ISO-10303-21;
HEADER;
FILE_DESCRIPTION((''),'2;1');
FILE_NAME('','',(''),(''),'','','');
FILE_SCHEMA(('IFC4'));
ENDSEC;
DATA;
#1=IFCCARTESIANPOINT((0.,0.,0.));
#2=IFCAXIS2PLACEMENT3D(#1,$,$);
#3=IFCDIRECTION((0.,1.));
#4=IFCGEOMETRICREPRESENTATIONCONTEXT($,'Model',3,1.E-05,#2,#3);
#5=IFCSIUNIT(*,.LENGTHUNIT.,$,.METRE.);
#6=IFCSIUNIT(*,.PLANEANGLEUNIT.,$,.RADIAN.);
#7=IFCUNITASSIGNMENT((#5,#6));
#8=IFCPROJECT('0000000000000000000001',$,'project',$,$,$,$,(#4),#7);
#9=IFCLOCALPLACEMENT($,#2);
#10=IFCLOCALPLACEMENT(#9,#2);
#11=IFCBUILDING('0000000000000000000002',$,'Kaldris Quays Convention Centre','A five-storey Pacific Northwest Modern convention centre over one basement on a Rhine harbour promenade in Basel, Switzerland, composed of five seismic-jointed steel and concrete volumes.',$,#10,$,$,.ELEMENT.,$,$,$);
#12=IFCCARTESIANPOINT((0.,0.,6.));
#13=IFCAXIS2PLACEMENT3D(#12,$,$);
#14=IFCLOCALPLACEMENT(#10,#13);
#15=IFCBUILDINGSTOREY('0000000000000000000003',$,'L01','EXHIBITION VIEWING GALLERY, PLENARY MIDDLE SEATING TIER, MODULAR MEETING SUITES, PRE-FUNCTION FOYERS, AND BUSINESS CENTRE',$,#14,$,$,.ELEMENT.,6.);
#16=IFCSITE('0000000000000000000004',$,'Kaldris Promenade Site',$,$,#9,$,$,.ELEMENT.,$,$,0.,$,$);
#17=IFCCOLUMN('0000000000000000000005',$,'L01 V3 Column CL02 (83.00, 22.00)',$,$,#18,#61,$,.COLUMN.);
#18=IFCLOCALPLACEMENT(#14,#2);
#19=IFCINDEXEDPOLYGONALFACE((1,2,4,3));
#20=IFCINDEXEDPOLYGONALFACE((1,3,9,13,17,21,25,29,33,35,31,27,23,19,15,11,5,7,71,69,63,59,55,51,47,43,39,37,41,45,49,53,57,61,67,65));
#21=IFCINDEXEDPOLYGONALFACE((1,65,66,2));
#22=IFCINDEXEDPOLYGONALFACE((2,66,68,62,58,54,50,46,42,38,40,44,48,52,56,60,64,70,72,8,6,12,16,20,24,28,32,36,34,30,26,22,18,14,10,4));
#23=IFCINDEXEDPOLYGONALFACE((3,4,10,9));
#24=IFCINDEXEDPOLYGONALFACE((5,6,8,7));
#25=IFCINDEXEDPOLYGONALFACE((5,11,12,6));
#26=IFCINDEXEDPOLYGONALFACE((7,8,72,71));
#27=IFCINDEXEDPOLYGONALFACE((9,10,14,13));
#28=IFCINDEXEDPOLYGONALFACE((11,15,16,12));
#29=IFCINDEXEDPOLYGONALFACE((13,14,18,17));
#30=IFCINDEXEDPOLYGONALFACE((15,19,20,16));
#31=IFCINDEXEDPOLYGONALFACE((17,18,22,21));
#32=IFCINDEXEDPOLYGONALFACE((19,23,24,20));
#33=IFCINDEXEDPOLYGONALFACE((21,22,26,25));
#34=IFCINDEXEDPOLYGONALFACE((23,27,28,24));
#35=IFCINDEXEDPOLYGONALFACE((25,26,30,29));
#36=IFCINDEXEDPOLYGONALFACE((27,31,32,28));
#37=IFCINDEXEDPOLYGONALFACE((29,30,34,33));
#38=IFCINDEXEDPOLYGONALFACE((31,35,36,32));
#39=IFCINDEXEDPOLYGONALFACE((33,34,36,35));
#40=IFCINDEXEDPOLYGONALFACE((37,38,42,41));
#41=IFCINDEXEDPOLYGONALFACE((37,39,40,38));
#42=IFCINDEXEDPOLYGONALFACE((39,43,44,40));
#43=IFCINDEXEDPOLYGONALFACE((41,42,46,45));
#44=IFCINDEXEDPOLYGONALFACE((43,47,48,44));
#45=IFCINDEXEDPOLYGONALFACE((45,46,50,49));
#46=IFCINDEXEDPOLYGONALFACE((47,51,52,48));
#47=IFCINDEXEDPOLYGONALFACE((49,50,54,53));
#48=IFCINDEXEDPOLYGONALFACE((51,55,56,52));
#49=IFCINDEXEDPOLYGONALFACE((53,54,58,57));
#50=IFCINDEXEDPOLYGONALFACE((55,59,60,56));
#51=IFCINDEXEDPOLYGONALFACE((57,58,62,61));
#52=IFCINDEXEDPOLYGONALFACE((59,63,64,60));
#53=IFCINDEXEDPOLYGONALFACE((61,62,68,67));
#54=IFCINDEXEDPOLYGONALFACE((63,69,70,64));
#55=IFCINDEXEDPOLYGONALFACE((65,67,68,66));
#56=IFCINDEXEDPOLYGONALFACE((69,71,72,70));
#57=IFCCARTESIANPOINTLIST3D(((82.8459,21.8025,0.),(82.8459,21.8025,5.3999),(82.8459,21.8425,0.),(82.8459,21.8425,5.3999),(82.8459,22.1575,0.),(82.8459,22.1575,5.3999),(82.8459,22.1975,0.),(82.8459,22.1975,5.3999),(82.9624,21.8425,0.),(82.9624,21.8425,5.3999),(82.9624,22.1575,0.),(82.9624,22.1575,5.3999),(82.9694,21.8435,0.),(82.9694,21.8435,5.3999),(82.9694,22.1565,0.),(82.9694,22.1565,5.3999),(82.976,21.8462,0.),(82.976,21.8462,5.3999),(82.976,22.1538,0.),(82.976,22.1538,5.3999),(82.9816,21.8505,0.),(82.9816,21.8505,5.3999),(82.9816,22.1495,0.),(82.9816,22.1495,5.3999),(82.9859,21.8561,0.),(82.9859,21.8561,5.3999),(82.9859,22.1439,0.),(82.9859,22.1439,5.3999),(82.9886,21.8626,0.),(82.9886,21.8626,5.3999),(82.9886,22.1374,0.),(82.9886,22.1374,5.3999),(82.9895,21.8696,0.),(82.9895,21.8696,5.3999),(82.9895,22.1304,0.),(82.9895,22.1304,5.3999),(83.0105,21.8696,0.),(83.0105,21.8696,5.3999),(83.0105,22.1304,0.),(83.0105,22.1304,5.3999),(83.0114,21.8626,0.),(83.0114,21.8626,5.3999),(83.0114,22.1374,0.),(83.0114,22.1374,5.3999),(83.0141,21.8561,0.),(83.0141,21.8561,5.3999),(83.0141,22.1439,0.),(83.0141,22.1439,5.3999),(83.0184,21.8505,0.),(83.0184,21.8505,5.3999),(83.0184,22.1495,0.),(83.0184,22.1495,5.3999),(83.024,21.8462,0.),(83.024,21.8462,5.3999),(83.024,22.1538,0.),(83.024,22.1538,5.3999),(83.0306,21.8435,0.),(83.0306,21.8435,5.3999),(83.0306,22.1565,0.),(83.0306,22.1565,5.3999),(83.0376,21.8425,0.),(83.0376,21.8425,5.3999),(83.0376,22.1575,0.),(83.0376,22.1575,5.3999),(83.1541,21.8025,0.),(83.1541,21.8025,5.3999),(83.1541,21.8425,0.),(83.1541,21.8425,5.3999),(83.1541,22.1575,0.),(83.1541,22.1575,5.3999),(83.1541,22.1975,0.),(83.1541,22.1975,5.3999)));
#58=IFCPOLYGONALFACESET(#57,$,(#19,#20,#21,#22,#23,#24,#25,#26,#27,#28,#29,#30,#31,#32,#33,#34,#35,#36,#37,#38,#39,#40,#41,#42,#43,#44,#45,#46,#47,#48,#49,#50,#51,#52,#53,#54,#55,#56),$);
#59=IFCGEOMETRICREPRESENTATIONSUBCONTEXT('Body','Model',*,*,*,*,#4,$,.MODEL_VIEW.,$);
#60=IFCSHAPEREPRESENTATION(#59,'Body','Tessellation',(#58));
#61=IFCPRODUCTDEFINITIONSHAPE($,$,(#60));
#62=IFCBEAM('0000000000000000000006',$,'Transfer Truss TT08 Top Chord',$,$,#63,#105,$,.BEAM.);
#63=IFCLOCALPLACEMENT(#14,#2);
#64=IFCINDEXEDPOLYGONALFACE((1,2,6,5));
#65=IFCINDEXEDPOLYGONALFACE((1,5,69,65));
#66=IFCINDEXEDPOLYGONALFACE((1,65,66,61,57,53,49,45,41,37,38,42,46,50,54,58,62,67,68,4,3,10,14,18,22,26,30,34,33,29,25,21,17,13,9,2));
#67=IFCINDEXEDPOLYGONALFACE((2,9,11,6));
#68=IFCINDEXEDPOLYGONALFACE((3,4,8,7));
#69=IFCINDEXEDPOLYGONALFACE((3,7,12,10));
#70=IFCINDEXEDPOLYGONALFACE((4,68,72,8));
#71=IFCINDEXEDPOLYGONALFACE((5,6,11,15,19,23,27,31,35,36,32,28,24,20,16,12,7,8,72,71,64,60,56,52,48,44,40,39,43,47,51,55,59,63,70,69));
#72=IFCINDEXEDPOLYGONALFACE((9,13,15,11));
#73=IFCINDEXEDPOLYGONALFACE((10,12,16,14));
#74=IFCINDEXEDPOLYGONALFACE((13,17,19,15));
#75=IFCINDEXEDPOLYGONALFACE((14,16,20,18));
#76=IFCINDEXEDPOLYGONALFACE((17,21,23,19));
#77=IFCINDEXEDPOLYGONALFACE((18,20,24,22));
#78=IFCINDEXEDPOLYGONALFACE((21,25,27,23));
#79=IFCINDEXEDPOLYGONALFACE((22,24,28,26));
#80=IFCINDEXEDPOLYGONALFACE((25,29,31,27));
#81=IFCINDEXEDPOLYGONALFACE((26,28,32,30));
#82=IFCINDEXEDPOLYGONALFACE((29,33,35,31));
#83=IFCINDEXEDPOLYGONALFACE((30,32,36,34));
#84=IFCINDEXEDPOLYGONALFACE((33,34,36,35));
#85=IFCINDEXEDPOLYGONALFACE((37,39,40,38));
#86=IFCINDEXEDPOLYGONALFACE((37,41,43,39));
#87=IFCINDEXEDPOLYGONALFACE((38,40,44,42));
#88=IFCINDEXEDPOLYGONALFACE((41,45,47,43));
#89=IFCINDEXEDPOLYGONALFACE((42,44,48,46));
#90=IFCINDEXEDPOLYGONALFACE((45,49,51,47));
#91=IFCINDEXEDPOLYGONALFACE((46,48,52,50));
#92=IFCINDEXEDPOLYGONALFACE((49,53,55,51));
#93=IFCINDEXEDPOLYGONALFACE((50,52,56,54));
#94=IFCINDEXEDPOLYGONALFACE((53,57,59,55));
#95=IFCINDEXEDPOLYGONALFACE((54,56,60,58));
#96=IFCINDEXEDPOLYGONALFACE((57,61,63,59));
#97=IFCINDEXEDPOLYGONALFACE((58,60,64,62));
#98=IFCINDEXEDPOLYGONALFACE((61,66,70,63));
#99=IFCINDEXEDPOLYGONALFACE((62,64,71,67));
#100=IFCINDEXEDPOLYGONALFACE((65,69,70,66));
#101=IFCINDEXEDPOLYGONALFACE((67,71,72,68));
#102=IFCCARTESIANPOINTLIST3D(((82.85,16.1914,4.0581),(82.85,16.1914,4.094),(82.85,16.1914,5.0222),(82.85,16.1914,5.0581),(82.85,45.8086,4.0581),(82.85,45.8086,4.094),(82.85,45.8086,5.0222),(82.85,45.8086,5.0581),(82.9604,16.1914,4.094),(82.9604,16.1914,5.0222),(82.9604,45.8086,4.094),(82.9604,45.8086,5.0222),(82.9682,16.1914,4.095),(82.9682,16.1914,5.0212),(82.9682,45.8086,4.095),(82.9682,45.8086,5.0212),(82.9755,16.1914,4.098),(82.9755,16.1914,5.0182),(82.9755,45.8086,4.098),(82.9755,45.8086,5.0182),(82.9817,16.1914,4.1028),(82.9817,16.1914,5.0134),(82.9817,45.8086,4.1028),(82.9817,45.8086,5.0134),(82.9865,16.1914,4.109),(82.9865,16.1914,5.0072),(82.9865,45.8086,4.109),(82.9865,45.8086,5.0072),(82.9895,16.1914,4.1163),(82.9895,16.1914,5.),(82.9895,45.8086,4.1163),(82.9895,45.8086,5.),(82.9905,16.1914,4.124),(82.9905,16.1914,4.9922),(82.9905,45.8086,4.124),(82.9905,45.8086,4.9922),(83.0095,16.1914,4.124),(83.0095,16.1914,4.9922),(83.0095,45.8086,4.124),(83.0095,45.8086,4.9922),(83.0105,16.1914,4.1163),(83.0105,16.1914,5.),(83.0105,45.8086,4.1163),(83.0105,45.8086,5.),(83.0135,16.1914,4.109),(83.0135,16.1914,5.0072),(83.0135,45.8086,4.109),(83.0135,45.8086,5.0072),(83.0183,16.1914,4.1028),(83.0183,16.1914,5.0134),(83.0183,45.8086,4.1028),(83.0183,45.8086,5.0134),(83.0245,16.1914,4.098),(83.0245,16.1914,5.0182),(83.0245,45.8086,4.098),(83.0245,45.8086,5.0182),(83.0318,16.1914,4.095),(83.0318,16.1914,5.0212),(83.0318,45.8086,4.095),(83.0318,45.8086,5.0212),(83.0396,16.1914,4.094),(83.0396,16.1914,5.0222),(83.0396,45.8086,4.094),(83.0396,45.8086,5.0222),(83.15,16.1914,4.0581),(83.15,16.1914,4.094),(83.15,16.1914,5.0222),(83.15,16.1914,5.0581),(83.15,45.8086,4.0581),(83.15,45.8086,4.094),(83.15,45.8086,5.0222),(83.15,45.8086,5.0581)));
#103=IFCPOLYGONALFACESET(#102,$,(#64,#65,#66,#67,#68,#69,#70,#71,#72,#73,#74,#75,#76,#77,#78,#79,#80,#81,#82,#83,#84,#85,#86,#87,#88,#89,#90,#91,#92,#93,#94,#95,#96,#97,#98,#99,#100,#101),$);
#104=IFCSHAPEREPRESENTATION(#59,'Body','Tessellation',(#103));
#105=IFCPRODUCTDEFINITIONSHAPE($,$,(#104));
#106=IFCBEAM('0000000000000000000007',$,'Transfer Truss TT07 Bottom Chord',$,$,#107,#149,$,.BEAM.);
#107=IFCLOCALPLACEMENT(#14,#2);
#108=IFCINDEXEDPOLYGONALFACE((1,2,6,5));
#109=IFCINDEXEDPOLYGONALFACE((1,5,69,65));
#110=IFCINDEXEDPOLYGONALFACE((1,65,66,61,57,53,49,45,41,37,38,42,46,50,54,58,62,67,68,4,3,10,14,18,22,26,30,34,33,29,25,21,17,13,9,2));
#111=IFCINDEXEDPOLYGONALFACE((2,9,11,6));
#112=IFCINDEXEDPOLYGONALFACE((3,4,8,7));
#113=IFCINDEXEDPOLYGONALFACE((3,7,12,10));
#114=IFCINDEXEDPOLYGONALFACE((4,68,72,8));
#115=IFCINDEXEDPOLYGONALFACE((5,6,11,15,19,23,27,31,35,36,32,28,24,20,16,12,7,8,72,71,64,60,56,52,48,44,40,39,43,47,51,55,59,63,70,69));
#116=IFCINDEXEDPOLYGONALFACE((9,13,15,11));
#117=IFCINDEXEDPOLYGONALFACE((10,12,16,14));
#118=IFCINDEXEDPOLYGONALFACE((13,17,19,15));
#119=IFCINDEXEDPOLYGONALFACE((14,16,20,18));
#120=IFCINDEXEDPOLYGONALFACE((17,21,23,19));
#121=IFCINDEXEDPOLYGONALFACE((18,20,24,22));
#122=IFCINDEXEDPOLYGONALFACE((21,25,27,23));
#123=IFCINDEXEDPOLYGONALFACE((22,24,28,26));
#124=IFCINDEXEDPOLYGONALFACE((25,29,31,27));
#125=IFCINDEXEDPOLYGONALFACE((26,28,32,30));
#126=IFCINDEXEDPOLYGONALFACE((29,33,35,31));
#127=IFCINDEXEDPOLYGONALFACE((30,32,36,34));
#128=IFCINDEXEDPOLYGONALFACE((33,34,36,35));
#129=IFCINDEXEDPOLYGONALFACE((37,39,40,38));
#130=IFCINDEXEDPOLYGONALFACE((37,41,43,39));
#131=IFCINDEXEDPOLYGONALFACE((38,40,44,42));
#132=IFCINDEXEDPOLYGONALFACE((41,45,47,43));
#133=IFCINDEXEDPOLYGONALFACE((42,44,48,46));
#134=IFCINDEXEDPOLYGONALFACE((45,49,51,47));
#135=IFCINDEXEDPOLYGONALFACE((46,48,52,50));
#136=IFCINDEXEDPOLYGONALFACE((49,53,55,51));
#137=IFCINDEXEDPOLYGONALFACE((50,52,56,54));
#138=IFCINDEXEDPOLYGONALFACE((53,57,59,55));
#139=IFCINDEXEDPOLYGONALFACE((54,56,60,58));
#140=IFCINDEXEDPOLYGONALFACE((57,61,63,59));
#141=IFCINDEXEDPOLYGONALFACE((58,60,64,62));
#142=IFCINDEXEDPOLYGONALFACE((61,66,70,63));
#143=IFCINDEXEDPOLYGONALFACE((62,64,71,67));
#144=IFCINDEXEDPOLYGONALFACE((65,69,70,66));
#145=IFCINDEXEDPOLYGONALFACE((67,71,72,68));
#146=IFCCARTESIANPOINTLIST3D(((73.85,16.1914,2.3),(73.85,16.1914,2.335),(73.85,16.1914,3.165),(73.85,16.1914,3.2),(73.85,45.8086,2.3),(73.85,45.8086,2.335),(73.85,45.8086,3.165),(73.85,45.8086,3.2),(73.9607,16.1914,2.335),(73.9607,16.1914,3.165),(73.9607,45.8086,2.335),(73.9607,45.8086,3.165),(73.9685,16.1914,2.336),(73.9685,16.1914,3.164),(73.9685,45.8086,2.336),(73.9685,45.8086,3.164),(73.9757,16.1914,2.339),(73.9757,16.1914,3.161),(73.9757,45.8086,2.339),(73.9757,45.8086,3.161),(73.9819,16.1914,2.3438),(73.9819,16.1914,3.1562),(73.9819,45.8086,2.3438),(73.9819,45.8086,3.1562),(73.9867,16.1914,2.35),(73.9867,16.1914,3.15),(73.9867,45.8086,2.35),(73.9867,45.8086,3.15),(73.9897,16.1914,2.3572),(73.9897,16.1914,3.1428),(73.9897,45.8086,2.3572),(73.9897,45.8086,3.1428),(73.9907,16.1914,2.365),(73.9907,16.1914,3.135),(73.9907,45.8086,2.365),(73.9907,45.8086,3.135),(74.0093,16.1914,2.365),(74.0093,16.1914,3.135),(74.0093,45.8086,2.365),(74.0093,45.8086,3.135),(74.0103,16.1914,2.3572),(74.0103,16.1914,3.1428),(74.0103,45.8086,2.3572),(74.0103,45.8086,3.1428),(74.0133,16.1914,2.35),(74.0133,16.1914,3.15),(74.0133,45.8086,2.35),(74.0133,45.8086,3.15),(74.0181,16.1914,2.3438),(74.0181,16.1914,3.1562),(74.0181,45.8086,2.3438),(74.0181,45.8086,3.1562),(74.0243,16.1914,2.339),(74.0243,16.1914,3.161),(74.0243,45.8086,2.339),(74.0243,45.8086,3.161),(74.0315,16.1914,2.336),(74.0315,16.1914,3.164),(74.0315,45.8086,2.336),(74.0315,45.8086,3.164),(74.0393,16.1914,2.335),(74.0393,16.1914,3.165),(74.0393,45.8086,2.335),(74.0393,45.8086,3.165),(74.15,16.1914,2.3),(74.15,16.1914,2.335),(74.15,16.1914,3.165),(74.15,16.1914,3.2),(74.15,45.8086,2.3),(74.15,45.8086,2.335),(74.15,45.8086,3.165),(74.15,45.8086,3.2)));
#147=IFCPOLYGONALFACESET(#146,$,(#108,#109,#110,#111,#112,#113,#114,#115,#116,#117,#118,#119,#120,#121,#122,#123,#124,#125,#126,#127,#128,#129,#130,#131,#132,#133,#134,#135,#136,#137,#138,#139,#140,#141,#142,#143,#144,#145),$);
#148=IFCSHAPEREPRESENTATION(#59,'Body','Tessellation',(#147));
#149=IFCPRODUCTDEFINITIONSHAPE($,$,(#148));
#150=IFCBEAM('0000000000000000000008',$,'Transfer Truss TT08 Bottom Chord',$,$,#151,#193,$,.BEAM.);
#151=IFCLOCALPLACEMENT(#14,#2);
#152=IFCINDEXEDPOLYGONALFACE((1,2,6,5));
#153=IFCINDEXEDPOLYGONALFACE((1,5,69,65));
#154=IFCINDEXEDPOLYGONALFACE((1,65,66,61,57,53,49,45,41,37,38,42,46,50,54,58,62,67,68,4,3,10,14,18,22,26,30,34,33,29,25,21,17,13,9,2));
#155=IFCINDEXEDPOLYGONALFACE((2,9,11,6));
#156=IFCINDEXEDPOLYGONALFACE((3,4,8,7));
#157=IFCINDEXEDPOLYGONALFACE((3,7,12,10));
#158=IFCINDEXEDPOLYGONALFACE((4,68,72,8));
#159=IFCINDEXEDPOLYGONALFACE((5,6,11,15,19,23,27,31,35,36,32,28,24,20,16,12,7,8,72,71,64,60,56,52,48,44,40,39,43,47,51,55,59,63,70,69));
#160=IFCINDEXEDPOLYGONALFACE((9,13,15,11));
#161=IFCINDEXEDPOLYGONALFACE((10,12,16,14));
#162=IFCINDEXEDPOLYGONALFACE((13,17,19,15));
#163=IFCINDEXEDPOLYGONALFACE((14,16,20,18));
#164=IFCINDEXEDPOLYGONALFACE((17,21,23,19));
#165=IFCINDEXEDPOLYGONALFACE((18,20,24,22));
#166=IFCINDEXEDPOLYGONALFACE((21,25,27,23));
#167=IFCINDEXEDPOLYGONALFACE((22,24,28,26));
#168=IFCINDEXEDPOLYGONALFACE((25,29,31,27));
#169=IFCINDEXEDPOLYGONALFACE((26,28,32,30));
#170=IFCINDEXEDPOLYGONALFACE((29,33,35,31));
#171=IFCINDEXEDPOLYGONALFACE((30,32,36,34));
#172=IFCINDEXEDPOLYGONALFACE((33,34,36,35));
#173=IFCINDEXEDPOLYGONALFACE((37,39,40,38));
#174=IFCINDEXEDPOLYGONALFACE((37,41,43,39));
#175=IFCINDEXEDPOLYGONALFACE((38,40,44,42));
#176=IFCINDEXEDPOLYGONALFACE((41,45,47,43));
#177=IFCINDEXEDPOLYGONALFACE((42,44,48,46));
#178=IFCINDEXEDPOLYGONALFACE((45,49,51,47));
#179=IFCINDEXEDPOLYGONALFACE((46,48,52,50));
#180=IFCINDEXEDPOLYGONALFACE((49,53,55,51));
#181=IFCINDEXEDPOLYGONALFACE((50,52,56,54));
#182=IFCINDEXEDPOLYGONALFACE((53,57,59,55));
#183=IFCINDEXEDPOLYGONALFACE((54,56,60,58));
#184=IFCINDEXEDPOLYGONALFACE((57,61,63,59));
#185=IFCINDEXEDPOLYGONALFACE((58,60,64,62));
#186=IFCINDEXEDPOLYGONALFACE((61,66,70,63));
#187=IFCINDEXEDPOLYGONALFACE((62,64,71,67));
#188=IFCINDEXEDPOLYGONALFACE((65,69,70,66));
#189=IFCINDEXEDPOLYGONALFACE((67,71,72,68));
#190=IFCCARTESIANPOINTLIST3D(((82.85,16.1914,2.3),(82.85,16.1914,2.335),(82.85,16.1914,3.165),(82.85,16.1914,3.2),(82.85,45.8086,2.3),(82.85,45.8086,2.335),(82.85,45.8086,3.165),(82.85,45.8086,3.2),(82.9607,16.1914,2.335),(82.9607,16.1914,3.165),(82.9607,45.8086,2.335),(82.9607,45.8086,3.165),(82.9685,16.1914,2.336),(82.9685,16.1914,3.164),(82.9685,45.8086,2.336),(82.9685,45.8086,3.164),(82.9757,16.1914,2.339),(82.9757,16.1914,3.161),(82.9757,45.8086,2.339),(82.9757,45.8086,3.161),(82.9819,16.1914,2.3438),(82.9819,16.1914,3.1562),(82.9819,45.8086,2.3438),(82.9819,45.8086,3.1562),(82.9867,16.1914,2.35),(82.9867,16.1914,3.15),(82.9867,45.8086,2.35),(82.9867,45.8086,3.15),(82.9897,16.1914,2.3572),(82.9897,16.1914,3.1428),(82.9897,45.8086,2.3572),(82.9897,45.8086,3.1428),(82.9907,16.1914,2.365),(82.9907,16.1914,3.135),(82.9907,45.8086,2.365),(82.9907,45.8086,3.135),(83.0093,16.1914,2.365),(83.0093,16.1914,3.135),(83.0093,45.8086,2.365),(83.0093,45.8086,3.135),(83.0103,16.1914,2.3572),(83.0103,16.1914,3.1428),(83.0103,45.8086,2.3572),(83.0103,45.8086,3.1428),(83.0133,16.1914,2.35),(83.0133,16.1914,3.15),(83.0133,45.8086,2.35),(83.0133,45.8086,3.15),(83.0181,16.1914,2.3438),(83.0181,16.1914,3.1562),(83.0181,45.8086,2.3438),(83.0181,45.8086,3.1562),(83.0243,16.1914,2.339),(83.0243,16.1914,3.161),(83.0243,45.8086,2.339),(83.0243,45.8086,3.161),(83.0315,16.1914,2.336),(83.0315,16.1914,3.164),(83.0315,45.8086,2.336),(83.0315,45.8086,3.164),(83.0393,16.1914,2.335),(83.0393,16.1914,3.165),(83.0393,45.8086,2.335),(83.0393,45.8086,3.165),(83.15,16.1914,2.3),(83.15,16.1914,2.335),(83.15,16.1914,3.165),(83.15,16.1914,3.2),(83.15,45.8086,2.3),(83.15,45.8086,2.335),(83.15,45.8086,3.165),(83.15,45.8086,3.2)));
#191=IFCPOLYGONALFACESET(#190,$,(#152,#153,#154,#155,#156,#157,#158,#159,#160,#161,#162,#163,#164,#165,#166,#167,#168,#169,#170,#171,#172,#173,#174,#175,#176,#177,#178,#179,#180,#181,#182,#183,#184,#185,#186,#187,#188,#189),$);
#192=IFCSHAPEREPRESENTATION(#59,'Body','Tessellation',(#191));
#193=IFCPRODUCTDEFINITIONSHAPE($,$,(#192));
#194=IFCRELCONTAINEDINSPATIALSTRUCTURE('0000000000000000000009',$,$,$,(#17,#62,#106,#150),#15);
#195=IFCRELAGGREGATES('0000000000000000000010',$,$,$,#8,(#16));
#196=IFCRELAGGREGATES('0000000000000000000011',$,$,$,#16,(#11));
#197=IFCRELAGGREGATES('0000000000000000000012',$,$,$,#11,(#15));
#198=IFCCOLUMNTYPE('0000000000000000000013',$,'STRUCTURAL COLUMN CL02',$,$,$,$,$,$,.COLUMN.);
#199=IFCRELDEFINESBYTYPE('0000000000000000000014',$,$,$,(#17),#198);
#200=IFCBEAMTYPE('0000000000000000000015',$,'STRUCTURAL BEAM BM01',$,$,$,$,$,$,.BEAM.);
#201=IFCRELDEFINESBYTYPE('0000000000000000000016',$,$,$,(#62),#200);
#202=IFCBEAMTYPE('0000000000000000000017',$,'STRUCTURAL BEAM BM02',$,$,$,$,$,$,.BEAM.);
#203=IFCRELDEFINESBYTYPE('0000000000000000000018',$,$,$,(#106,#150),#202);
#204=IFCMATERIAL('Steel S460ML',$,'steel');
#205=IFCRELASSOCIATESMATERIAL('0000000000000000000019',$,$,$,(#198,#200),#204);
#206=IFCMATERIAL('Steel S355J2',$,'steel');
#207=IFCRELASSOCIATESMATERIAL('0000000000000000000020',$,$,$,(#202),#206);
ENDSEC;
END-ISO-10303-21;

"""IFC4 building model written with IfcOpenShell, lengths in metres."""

from ifc_helpers import new_model, si_unit, direction, frame, origin, origin_2d, place, context, subcontext, project, spatial, i_section, extrude, material, material_profile, profile_set, type_object, element, save


model = new_model("IFC4")

# Units and contexts
model_context = context("Model", 3, precision=1e-05, world=origin(), true_north=direction((0.0, 1.0)))
body_context = subcontext(model_context, "Body", "Model", "MODEL_VIEW")
ifc_project = project(units=[si_unit("LENGTHUNIT", "METRE"), si_unit("PLANEANGLEUNIT", "RADIAN")], contexts=[model_context])

# Site, building, storey
site_placement = place(None, origin())
site = spatial("IfcSite", under=ifc_project, at=site_placement, Name="Kaldris Promenade Site", CompositionType="ELEMENT", RefElevation=0.0)
building_placement = place(site_placement, origin())
building = spatial("IfcBuilding", under=site, at=building_placement, Name="Kaldris Quays Convention Centre", Description="A five-storey Pacific Northwest Modern convention centre over one basement on a Rhine harbour promenade in Basel, Switzerland, composed of five seismic-jointed steel and concrete volumes.", CompositionType="ELEMENT")
storey_placement = place(building_placement, frame((0.0, 0.0, 6.0)))
storey = spatial("IfcBuildingStorey", under=building, at=storey_placement, Name="L01", Description="EXHIBITION VIEWING GALLERY, PLENARY MIDDLE SEATING TIER, MODULAR MEETING SUITES, PRE-FUNCTION FOYERS, AND BUSINESS CENTRE", CompositionType="ELEMENT", Elevation=6.0)

# Column
ifc_material_1 = material(Name="Steel S460ML", Category="steel")
ifc_material_profile_1 = material_profile(ifc_material_1, i_section(OverallWidth=0.3081, OverallDepth=0.395, WebThickness=0.021, FlangeThickness=0.04, FilletRadius=0.0271, at=origin_2d()), Name="HEM 360")
ifc_profile_set_1 = profile_set([ifc_material_profile_1], Name="Steel S460ML")
column_type = type_object("IfcColumnType", Name="STRUCTURAL COLUMN CL02", PredefinedType="COLUMN", material=ifc_profile_set_1)
column_placement = place(storey_placement, frame((83.0, 22.0, 0.0), z_axis=(0.0, 0.0, 1.0), x_axis=(1.0, 0.0, 0.0)))
element("IfcColumn", 1, at=column_placement, inside=storey, type_object=column_type, Name="L01 V3 Column CL02 (83.00, 22.00)", PredefinedType="COLUMN", context=body_context, shape_type="SweptSolid", body=[
    extrude(i_section(OverallWidth=0.3081, OverallDepth=0.395, WebThickness=0.021, FlangeThickness=0.04, FilletRadius=0.0271, at=origin_2d()), origin(), (0.0, 0.0, 1.0), 5.3999),
])

# Beams
ifc_material_profile_2 = material_profile(ifc_material_1, i_section(OverallWidth=0.3, OverallDepth=1.0, WebThickness=0.019, FlangeThickness=0.0359, FilletRadius=0.03, at=origin_2d()), Name="HEB 1000")
ifc_profile_set_2 = profile_set([ifc_material_profile_2], Name="Steel S460ML")
beam_type_1 = type_object("IfcBeamType", Name="STRUCTURAL BEAM BM01", PredefinedType="BEAM", material=ifc_profile_set_2)
beam_1_placement = place(storey_placement, frame((83.0, 16.1914, 4.5581), z_axis=(0.0, 1.0, 0.0), x_axis=(-1.0, 0.0, 0.0)))
element("IfcBeam", 2, at=beam_1_placement, inside=storey, type_object=beam_type_1, Name="Transfer Truss TT08 Top Chord", PredefinedType="BEAM", context=body_context, shape_type="SweptSolid", body=[
    extrude(i_section(OverallWidth=0.3, OverallDepth=1.0, WebThickness=0.019, FlangeThickness=0.0359, FilletRadius=0.03, at=origin_2d()), origin(), (0.0, 0.0, 1.0), 29.6172),
])
ifc_material_2 = material(Name="Steel S355J2", Category="steel")
ifc_material_profile_3 = material_profile(ifc_material_2, i_section(OverallWidth=0.3, OverallDepth=0.8999, WebThickness=0.0186, FlangeThickness=0.0349, FilletRadius=0.03, at=origin_2d()), Name="HEB 900")
ifc_profile_set_3 = profile_set([ifc_material_profile_3], Name="Steel S355J2")
beam_type_2 = type_object("IfcBeamType", Name="STRUCTURAL BEAM BM02", PredefinedType="BEAM", material=ifc_profile_set_3)
for number, where, z_axis, x_axis, name in (
    (3, (74.0, 16.1914, 2.75), (0.0, 1.0, 0.0), (-1.0, 0.0, 0.0), "Transfer Truss TT07 Bottom Chord"),
    (4, (83.0, 16.1914, 2.75), (0.0, 1.0, 0.0), (-1.0, 0.0, 0.0), "Transfer Truss TT08 Bottom Chord"),
):
    element("IfcBeam", number, at=place(storey_placement, frame(where, z_axis=z_axis, x_axis=x_axis)), inside=storey, type_object=beam_type_2, Name=name, PredefinedType="BEAM", context=body_context, shape_type="SweptSolid", body=[
        extrude(i_section(OverallWidth=0.3, OverallDepth=0.8999, WebThickness=0.0186, FlangeThickness=0.0349, FilletRadius=0.03, at=origin_2d()), origin(), (0.0, 0.0, 1.0), 29.6172),
    ])

save(model, "model.ifc")
